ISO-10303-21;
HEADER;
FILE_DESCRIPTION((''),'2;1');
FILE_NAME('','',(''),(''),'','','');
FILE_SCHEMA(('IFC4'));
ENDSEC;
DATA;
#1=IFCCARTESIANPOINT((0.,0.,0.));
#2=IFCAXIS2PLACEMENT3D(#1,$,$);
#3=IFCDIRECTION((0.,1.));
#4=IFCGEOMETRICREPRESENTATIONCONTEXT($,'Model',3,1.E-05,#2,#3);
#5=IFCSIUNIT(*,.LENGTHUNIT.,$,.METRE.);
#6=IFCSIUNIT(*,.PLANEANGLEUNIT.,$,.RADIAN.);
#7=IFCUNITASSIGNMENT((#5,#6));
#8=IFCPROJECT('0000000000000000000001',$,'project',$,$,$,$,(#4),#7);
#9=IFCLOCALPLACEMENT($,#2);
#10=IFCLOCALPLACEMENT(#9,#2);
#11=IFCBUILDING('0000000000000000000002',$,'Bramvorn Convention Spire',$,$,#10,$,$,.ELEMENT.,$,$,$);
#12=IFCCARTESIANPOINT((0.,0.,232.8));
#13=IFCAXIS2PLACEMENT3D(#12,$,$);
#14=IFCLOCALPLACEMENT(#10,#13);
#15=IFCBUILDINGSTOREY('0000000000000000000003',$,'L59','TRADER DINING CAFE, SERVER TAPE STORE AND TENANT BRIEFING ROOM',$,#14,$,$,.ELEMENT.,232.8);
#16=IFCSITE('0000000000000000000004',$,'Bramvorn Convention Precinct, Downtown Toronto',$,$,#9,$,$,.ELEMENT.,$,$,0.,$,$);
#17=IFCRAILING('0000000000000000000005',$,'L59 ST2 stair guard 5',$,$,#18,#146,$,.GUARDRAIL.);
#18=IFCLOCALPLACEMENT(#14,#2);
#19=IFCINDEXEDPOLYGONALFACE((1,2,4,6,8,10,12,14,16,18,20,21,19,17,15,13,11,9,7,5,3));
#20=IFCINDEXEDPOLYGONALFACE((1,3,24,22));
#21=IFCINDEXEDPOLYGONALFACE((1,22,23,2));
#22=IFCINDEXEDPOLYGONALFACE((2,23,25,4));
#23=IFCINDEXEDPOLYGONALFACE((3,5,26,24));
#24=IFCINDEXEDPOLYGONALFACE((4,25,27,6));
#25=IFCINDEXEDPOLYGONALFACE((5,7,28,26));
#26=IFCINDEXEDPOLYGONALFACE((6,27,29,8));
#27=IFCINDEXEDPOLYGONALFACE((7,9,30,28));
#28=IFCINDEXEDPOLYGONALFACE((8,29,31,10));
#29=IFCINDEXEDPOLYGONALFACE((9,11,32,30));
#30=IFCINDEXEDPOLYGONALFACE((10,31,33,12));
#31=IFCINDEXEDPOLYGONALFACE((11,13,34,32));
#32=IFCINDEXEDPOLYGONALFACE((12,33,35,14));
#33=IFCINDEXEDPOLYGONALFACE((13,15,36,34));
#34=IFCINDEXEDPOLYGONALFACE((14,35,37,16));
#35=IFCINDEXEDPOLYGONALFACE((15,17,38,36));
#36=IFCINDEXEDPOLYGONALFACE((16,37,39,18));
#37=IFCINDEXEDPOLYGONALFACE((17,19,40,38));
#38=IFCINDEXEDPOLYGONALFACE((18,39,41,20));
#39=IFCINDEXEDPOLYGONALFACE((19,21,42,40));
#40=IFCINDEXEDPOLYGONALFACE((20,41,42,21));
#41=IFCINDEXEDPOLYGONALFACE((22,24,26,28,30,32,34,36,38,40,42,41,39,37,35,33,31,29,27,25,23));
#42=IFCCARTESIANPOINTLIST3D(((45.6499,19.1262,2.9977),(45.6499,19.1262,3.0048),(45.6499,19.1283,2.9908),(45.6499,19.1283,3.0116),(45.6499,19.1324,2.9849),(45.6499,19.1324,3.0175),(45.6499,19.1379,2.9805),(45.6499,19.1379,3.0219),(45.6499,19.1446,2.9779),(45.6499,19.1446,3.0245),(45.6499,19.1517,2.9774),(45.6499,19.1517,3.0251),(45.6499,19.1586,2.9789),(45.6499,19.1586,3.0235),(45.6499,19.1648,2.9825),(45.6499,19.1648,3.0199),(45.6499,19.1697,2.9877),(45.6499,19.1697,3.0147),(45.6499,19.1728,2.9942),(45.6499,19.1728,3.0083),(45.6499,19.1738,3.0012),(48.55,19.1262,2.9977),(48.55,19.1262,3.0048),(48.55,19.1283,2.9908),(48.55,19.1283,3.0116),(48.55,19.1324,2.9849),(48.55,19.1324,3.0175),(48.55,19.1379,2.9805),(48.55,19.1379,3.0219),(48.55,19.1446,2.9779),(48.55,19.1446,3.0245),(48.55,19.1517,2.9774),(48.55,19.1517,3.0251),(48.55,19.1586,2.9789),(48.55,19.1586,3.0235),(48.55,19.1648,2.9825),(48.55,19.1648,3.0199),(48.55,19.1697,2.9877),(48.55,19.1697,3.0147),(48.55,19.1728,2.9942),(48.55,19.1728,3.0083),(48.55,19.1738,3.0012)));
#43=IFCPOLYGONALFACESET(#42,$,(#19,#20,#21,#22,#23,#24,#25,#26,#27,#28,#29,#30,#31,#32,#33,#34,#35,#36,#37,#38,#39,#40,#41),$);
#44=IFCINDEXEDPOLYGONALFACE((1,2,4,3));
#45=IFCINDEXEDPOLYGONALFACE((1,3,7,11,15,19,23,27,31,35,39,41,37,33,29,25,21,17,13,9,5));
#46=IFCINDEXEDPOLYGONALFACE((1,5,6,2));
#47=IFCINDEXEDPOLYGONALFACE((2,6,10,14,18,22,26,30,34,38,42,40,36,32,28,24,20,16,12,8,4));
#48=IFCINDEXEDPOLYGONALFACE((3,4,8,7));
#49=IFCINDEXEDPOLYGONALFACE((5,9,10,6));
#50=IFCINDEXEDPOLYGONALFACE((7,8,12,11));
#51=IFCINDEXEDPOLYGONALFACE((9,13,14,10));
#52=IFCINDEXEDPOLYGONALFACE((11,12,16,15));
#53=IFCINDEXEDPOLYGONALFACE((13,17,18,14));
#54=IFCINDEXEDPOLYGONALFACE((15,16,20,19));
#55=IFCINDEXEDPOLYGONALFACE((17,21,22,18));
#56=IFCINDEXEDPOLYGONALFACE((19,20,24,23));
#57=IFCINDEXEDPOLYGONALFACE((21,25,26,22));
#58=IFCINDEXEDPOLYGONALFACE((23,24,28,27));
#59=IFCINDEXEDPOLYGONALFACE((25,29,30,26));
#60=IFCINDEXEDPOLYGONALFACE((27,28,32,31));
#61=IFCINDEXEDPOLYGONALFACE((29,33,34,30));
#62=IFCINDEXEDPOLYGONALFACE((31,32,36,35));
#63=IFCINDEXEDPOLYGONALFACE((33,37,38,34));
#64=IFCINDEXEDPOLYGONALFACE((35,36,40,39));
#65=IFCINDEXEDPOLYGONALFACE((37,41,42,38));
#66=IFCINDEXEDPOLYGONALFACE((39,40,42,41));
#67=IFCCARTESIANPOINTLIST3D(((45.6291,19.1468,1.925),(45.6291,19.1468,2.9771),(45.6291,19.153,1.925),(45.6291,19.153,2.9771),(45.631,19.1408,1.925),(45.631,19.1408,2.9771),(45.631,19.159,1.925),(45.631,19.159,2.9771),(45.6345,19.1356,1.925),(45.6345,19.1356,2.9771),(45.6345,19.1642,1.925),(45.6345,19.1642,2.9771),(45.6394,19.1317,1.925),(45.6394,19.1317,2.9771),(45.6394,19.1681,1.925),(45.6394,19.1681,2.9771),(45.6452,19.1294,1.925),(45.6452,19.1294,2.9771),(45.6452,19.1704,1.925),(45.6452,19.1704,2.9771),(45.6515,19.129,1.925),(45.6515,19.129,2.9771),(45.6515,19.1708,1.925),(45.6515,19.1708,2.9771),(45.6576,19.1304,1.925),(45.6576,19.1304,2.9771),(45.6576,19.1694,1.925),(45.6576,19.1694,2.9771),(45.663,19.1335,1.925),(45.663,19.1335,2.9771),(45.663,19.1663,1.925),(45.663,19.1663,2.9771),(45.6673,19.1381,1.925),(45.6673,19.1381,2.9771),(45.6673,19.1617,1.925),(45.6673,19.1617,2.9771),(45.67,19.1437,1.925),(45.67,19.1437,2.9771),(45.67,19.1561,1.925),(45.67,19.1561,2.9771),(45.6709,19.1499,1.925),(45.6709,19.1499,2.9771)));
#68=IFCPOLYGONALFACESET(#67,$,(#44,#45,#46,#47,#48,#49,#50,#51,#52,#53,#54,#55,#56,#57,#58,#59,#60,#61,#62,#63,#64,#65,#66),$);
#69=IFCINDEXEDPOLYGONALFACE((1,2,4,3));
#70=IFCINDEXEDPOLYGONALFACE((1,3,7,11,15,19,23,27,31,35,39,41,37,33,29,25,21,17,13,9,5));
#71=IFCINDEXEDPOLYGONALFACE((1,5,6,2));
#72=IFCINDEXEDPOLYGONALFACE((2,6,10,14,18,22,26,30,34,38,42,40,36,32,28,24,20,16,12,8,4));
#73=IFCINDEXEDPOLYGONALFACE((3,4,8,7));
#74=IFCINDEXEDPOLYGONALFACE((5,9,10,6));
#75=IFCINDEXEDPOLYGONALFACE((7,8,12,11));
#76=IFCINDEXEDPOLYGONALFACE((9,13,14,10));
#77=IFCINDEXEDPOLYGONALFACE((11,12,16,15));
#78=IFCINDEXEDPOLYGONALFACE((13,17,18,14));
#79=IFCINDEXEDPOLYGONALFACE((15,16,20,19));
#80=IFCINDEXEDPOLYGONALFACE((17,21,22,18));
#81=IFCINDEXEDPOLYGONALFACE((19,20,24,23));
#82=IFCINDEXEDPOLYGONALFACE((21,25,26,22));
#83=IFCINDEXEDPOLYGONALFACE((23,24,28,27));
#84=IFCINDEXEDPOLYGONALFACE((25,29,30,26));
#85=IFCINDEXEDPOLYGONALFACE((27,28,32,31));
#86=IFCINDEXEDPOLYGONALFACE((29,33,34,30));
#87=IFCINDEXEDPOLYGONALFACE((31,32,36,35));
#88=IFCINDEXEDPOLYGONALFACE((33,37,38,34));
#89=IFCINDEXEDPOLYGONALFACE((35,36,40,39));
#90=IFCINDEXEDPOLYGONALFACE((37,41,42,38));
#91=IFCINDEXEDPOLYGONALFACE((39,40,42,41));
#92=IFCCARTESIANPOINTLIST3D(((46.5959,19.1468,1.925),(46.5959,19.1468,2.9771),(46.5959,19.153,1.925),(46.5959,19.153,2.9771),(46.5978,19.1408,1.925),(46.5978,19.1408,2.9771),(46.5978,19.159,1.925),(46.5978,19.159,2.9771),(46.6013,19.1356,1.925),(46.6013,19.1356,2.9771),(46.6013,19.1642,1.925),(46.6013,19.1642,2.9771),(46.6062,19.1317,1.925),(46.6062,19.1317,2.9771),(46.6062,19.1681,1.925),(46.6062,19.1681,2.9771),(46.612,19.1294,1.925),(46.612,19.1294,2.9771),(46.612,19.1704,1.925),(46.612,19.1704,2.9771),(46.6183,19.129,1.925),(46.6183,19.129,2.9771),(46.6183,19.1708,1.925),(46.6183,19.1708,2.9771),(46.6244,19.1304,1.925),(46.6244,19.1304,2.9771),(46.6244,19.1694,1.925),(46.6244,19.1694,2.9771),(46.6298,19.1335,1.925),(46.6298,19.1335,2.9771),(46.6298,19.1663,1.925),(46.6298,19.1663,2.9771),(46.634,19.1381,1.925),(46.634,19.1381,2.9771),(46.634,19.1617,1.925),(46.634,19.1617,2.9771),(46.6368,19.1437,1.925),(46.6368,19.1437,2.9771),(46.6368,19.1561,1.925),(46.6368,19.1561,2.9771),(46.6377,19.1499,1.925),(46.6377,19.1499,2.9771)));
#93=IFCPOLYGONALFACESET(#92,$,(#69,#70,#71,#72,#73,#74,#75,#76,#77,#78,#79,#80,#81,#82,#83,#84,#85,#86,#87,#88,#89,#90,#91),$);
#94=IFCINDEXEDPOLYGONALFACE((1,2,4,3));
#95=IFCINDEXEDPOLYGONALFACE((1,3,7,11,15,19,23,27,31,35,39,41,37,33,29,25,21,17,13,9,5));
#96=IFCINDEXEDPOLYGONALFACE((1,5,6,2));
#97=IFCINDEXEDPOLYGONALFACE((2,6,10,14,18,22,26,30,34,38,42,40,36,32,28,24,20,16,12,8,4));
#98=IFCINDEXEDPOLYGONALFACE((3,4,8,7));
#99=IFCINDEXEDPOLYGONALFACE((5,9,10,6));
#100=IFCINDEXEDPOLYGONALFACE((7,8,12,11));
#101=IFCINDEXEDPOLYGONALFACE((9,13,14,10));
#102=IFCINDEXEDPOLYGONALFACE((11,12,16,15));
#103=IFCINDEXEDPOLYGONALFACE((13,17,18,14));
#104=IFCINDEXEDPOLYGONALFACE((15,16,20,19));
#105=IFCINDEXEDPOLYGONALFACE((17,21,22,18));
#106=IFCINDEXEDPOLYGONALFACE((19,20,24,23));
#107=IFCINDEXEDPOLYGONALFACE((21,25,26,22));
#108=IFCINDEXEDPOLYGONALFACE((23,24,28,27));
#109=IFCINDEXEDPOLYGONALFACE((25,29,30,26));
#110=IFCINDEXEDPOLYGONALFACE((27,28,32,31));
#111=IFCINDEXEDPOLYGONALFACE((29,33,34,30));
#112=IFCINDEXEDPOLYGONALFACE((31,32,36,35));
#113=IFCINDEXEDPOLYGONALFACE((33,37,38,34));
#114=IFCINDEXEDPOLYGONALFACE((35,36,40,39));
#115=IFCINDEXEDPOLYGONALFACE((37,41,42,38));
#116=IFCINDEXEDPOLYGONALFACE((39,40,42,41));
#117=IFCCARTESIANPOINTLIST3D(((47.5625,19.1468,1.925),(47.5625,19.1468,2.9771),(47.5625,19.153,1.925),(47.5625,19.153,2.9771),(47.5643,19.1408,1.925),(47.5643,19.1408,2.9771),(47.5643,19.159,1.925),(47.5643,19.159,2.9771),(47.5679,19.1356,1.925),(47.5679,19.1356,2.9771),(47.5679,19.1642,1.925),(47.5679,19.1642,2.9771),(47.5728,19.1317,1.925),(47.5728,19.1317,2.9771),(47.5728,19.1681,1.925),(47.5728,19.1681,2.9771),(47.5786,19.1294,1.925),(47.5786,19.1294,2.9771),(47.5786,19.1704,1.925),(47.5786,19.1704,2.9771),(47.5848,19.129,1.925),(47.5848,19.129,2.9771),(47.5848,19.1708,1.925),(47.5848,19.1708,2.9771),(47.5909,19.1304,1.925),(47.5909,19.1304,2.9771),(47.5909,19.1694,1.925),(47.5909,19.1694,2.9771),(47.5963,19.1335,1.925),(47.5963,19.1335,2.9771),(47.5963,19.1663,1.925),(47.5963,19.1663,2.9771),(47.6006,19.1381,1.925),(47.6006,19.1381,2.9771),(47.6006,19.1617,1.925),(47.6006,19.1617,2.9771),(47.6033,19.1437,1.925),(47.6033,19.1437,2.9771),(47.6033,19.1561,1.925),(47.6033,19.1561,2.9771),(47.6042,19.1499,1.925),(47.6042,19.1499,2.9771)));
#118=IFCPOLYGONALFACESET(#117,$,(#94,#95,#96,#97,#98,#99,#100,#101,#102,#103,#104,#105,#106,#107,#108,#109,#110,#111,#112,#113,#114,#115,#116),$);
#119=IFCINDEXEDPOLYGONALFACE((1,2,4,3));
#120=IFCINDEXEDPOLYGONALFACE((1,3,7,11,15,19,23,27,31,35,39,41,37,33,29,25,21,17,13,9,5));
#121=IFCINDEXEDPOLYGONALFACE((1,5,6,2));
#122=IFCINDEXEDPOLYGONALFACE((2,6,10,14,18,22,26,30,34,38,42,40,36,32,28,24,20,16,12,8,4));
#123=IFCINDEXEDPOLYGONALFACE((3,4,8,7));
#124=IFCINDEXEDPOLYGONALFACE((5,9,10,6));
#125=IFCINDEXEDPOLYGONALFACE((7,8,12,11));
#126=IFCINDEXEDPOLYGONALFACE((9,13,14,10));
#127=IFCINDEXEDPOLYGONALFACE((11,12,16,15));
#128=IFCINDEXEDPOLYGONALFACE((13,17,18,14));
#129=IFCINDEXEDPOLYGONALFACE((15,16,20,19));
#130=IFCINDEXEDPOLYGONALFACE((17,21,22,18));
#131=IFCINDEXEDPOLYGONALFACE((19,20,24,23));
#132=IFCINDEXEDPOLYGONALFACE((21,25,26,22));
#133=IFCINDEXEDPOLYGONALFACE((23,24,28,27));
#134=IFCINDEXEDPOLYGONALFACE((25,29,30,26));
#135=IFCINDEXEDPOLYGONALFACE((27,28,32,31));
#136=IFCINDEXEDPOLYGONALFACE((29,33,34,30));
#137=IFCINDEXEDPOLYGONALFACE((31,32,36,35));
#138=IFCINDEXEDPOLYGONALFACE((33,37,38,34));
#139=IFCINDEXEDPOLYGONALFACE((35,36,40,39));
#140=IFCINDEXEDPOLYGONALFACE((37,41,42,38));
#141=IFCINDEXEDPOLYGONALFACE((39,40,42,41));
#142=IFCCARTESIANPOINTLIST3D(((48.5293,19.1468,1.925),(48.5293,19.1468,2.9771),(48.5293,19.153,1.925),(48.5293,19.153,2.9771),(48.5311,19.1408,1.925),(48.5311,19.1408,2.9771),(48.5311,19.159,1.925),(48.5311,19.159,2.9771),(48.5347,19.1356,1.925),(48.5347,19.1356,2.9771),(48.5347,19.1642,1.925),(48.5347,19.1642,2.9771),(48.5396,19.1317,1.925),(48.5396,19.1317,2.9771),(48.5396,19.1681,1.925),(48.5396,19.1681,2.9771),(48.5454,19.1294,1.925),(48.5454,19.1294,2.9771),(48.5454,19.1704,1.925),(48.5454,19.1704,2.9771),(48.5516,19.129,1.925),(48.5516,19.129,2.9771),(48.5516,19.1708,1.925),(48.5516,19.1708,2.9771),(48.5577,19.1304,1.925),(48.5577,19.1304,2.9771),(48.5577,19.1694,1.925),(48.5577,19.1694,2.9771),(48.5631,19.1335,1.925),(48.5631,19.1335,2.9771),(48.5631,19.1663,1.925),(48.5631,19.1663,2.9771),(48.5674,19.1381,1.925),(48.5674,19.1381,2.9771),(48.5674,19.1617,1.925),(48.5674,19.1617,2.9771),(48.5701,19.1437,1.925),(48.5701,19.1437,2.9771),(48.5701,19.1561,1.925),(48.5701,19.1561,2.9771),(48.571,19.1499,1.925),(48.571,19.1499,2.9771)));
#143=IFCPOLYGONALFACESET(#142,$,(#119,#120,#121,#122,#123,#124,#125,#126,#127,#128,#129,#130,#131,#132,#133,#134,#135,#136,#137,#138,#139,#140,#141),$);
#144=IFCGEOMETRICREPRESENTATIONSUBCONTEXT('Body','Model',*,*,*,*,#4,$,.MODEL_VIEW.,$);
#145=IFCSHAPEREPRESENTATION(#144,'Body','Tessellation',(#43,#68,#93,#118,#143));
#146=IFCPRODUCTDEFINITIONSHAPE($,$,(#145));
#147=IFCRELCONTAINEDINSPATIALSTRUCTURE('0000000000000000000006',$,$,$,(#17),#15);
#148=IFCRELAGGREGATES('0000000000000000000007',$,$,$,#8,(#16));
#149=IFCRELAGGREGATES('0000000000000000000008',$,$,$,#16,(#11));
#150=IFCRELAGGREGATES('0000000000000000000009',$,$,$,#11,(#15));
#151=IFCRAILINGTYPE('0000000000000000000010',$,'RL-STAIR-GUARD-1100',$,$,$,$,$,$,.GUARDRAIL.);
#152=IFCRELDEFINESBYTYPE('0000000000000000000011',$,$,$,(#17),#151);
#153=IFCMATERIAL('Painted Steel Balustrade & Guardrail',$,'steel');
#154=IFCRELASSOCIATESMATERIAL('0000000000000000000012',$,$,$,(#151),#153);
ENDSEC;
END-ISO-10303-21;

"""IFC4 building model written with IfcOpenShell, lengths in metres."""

from ifc_helpers import new_model, si_unit, direction, frame, origin, origin_2d, place, context, subcontext, project, spatial, circle, extrude, material, type_object, element, save


model = new_model("IFC4")

# Units and contexts
model_context = context("Model", 3, precision=1e-05, world=origin(), true_north=direction((0.0, 1.0)))
body_context = subcontext(model_context, "Body", "Model", "MODEL_VIEW")
ifc_project = project(units=[si_unit("LENGTHUNIT", "METRE"), si_unit("PLANEANGLEUNIT", "RADIAN")], contexts=[model_context])

# Site, building, storey
site_placement = place(None, origin())
site = spatial("IfcSite", under=ifc_project, at=site_placement, Name="Bramvorn Convention Precinct, Downtown Toronto", CompositionType="ELEMENT", RefElevation=0.0)
building_placement = place(site_placement, origin())
building = spatial("IfcBuilding", under=site, at=building_placement, Name="Bramvorn Convention Spire", CompositionType="ELEMENT")
storey_placement = place(building_placement, frame((0.0, 0.0, 232.8)))
storey = spatial("IfcBuildingStorey", under=building, at=storey_placement, Name="L59", Description="TRADER DINING CAFE, SERVER TAPE STORE AND TENANT BRIEFING ROOM", CompositionType="ELEMENT", Elevation=232.8)

# Railing
ifc_material_1 = material(Name="Painted Steel Balustrade & Guardrail", Category="steel")
railing_type = type_object("IfcRailingType", Name="RL-STAIR-GUARD-1100", PredefinedType="GUARDRAIL", material=ifc_material_1)
railing_1_placement = place(storey_placement, frame((45.6499, 19.1499, 1.925)))
element("IfcRailing", 1, at=railing_1_placement, inside=storey, type_object=railing_type, Name="L59 ST2 stair guard 5", PredefinedType="GUARDRAIL", context=body_context, shape_type="SweptSolid", body=[
    extrude(circle(Radius=0.0239, at=origin_2d()), frame((0.0, 0.0, 1.0762), z_axis=(1.0, 0.0, 0.0), x_axis=(0.0, 1.0, 0.0)), (0.0, 0.0, 1.0), 2.9001),
    extrude(circle(Radius=0.021, at=origin_2d()), origin(), (0.0, 0.0, 1.0), 1.052),
    extrude(circle(Radius=0.021, at=origin_2d()), frame((0.9668, 0.0, 0.0)), (0.0, 0.0, 1.0), 1.052),
    extrude(circle(Radius=0.021, at=origin_2d()), frame((1.9333, 0.0, 0.0)), (0.0, 0.0, 1.0), 1.052),
    extrude(circle(Radius=0.021, at=origin_2d()), frame((2.9001, 0.0, 0.0)), (0.0, 0.0, 1.0), 1.052),
])

save(model, "model.ifc")
